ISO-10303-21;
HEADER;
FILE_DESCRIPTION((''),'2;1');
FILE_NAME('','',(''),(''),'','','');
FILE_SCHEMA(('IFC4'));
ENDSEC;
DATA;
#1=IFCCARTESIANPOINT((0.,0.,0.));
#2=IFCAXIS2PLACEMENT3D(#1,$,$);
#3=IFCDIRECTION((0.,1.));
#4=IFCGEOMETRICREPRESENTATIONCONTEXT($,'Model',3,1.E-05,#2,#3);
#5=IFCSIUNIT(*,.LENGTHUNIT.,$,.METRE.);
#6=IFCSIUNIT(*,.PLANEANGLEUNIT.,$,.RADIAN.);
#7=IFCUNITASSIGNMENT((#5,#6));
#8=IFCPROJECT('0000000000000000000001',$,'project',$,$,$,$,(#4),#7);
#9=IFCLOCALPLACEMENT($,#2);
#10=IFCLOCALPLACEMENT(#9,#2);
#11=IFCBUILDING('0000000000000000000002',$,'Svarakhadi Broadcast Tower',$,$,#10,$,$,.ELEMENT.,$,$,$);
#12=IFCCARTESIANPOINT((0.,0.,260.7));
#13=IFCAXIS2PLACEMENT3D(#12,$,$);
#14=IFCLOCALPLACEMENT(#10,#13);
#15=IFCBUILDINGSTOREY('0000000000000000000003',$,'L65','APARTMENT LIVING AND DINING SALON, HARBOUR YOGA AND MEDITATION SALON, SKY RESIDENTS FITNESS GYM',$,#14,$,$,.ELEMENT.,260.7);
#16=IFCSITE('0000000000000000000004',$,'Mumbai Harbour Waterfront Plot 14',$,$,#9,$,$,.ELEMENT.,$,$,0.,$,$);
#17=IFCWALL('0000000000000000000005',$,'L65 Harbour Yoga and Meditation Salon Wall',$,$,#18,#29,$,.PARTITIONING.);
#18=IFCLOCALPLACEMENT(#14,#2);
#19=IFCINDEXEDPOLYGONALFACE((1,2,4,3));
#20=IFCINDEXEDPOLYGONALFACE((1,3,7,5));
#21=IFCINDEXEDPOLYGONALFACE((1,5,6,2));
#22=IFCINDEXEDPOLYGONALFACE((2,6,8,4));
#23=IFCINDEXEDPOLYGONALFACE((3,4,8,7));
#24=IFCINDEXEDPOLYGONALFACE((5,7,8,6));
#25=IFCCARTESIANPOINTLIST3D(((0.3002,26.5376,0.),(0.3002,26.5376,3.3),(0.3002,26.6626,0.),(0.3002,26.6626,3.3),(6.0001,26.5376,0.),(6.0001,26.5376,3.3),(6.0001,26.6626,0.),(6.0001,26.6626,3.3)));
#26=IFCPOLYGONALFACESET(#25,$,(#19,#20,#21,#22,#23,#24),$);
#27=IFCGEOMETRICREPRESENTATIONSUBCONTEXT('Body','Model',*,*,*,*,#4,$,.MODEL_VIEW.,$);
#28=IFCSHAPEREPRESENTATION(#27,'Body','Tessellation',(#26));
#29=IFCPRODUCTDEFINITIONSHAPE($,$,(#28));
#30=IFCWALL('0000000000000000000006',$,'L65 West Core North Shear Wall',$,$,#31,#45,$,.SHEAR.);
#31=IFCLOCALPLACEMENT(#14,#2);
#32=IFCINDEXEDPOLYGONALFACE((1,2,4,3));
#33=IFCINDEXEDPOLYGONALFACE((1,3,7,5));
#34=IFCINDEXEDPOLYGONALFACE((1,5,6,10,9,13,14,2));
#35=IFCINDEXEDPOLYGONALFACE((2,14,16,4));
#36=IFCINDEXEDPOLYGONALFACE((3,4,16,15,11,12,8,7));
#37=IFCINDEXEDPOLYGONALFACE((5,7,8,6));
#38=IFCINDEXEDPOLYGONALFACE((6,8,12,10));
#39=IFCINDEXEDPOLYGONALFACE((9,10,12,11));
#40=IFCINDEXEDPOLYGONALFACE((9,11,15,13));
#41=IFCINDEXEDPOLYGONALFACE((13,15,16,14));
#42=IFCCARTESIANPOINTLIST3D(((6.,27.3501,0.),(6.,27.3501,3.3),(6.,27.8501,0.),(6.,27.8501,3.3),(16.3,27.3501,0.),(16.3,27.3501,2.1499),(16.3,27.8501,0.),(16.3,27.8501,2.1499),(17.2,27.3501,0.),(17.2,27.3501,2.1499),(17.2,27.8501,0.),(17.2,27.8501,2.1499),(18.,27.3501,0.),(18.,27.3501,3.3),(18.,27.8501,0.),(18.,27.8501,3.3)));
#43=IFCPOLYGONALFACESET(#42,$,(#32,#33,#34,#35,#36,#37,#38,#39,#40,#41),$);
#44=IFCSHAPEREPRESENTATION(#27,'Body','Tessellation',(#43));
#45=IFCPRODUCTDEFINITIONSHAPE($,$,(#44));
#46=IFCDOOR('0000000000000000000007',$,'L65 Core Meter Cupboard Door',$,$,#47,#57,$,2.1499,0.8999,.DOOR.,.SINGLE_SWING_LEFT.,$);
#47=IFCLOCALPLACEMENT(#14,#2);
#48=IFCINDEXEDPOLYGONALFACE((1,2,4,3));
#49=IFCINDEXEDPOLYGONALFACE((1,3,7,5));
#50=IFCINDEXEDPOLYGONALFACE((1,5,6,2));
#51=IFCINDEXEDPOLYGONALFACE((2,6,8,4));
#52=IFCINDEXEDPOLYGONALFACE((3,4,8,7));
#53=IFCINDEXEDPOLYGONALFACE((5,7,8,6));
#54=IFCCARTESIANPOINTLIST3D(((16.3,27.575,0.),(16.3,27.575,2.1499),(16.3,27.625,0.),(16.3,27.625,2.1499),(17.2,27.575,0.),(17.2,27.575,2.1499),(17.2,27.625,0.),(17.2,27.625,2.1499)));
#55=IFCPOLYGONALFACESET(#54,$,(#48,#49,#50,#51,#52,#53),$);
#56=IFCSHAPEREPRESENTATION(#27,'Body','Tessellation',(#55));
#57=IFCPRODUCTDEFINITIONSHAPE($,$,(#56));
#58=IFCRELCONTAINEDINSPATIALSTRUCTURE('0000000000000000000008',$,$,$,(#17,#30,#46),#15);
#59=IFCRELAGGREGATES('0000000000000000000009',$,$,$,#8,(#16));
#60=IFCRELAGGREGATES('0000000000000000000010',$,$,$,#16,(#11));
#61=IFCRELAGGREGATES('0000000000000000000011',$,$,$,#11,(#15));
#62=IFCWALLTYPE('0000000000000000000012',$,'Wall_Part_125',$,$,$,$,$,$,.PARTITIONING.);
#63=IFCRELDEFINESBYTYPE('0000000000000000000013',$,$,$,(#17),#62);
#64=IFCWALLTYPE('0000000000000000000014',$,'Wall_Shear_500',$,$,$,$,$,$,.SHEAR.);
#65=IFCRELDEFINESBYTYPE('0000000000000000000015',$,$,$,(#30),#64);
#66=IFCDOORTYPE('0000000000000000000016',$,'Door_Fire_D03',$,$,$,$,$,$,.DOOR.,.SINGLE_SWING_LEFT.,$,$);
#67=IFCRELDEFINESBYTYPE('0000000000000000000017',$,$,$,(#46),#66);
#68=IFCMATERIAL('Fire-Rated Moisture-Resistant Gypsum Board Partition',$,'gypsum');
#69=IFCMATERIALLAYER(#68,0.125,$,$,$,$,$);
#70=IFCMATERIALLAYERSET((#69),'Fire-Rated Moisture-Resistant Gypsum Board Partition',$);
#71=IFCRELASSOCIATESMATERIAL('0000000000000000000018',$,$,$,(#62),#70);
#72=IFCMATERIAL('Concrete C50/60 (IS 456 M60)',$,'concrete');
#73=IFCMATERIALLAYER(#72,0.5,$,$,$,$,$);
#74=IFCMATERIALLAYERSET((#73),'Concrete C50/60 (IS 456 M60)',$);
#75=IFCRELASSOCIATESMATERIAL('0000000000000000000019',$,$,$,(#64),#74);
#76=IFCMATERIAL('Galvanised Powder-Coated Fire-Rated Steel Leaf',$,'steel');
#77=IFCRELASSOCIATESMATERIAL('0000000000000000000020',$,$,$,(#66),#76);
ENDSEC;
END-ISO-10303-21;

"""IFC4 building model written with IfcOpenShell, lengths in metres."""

from ifc_helpers import new_model, si_unit, direction, frame, frame_2d, origin, place, context, subcontext, project, spatial, rectangle, extrude, material, layer, layer_set, type_object, element, fill, save


model = new_model("IFC4")

# Units and contexts
model_context = context("Model", 3, precision=1e-05, world=origin(), true_north=direction((0.0, 1.0)))
body_context = subcontext(model_context, "Body", "Model", "MODEL_VIEW")
ifc_project = project(units=[si_unit("LENGTHUNIT", "METRE"), si_unit("PLANEANGLEUNIT", "RADIAN")], contexts=[model_context])

# Site, building, storey
site_placement = place(None, origin())
site = spatial("IfcSite", under=ifc_project, at=site_placement, Name="Mumbai Harbour Waterfront Plot 14", CompositionType="ELEMENT", RefElevation=0.0)
building_placement = place(site_placement, origin())
building = spatial("IfcBuilding", under=site, at=building_placement, Name="Svarakhadi Broadcast Tower", CompositionType="ELEMENT")
storey_placement = place(building_placement, frame((0.0, 0.0, 260.7)))
storey = spatial("IfcBuildingStorey", under=building, at=storey_placement, Name="L65", Description="APARTMENT LIVING AND DINING SALON, HARBOUR YOGA AND MEDITATION SALON, SKY RESIDENTS FITNESS GYM", CompositionType="ELEMENT", Elevation=260.7)

# Shared definitions
ifc_material_1 = material(Name="Concrete C50/60 (IS 456 M60)", Category="concrete")

# Wall
ifc_material_2 = material(Name="Fire-Rated Moisture-Resistant Gypsum Board Partition", Category="gypsum")
ifc_layer_1 = layer(ifc_material_2, 0.125)
ifc_layer_set_1 = layer_set([ifc_layer_1], Name="Fire-Rated Moisture-Resistant Gypsum Board Partition")
wall_type_1 = type_object("IfcWallType", Name="Wall_Part_125", PredefinedType="PARTITIONING", material=ifc_layer_set_1)
wall_1_placement = place(storey_placement, frame((0.3, 26.6001, 0.0), z_axis=(0.0, 0.0, 1.0), x_axis=(1.0, 0.0, 0.0)))
element("IfcWall", 1, at=wall_1_placement, inside=storey, type_object=wall_type_1, Name="L65 Harbour Yoga and Meditation Salon Wall", PredefinedType="PARTITIONING", context=body_context, shape_type="SweptSolid", body=[
    extrude(rectangle(XDim=5.7, YDim=0.125, at=frame_2d((2.8501, 0.0))), origin(), (0.0, 0.0, 1.0), 3.3),
])

# Wall, opening, door
ifc_layer_2 = layer(ifc_material_1, 0.5)
ifc_layer_set_2 = layer_set([ifc_layer_2], Name="Concrete C50/60 (IS 456 M60)")
wall_type_2 = type_object("IfcWallType", Name="Wall_Shear_500", PredefinedType="SHEAR", material=ifc_layer_set_2)
wall_2_placement = place(storey_placement, frame((6.0, 27.6001, 0.0), z_axis=(0.0, 0.0, 1.0), x_axis=(1.0, 0.0, 0.0)))
wall_2 = element("IfcWall", 2, at=wall_2_placement, inside=storey, type_object=wall_type_2, Name="L65 West Core North Shear Wall", PredefinedType="SHEAR", context=body_context, shape_type="SweptSolid", body=[
    extrude(rectangle(XDim=12.0, YDim=0.5, at=frame_2d((6.0, 0.0))), origin(), (0.0, 0.0, 1.0), 3.3),
])
opening_placement = place(wall_2_placement, frame((10.3, 0.0, 0.0)))
opening = element("IfcOpeningElement", 3, at=opening_placement, cuts=wall_2, PredefinedType="OPENING", context=body_context, shape_type="SweptSolid", body=[
    extrude(rectangle(XDim=0.8999, YDim=2.1499, at=frame_2d((0.45, 1.075))), frame((0.0, 0.26, 0.0), z_axis=(0.0, -1.0, 0.0), x_axis=(1.0, 0.0, 0.0)), (0.0, 0.0, 1.0), 0.52),
])
ifc_material_3 = material(Name="Galvanised Powder-Coated Fire-Rated Steel Leaf", Category="steel")
door_type = type_object("IfcDoorType", Name="Door_Fire_D03", OperationType="SINGLE_SWING_LEFT", PredefinedType="DOOR", material=ifc_material_3)
door_placement = place(opening_placement, origin())
door = element("IfcDoor", 4, at=door_placement, inside=storey, type_object=door_type, Name="L65 Core Meter Cupboard Door", OperationType="SINGLE_SWING_LEFT", OverallHeight=2.1499, OverallWidth=0.8999, PredefinedType="DOOR", context=body_context, shape_type="SweptSolid", body=[
    extrude(rectangle(XDim=0.8999, YDim=2.1499, at=frame_2d((0.45, 1.075))), frame((0.0, 0.0249, 0.0), z_axis=(0.0, -1.0, 0.0), x_axis=(1.0, 0.0, 0.0)), (0.0, 0.0, 1.0), 0.05),
])
fill(opening, door)

save(model, "model.ifc")
